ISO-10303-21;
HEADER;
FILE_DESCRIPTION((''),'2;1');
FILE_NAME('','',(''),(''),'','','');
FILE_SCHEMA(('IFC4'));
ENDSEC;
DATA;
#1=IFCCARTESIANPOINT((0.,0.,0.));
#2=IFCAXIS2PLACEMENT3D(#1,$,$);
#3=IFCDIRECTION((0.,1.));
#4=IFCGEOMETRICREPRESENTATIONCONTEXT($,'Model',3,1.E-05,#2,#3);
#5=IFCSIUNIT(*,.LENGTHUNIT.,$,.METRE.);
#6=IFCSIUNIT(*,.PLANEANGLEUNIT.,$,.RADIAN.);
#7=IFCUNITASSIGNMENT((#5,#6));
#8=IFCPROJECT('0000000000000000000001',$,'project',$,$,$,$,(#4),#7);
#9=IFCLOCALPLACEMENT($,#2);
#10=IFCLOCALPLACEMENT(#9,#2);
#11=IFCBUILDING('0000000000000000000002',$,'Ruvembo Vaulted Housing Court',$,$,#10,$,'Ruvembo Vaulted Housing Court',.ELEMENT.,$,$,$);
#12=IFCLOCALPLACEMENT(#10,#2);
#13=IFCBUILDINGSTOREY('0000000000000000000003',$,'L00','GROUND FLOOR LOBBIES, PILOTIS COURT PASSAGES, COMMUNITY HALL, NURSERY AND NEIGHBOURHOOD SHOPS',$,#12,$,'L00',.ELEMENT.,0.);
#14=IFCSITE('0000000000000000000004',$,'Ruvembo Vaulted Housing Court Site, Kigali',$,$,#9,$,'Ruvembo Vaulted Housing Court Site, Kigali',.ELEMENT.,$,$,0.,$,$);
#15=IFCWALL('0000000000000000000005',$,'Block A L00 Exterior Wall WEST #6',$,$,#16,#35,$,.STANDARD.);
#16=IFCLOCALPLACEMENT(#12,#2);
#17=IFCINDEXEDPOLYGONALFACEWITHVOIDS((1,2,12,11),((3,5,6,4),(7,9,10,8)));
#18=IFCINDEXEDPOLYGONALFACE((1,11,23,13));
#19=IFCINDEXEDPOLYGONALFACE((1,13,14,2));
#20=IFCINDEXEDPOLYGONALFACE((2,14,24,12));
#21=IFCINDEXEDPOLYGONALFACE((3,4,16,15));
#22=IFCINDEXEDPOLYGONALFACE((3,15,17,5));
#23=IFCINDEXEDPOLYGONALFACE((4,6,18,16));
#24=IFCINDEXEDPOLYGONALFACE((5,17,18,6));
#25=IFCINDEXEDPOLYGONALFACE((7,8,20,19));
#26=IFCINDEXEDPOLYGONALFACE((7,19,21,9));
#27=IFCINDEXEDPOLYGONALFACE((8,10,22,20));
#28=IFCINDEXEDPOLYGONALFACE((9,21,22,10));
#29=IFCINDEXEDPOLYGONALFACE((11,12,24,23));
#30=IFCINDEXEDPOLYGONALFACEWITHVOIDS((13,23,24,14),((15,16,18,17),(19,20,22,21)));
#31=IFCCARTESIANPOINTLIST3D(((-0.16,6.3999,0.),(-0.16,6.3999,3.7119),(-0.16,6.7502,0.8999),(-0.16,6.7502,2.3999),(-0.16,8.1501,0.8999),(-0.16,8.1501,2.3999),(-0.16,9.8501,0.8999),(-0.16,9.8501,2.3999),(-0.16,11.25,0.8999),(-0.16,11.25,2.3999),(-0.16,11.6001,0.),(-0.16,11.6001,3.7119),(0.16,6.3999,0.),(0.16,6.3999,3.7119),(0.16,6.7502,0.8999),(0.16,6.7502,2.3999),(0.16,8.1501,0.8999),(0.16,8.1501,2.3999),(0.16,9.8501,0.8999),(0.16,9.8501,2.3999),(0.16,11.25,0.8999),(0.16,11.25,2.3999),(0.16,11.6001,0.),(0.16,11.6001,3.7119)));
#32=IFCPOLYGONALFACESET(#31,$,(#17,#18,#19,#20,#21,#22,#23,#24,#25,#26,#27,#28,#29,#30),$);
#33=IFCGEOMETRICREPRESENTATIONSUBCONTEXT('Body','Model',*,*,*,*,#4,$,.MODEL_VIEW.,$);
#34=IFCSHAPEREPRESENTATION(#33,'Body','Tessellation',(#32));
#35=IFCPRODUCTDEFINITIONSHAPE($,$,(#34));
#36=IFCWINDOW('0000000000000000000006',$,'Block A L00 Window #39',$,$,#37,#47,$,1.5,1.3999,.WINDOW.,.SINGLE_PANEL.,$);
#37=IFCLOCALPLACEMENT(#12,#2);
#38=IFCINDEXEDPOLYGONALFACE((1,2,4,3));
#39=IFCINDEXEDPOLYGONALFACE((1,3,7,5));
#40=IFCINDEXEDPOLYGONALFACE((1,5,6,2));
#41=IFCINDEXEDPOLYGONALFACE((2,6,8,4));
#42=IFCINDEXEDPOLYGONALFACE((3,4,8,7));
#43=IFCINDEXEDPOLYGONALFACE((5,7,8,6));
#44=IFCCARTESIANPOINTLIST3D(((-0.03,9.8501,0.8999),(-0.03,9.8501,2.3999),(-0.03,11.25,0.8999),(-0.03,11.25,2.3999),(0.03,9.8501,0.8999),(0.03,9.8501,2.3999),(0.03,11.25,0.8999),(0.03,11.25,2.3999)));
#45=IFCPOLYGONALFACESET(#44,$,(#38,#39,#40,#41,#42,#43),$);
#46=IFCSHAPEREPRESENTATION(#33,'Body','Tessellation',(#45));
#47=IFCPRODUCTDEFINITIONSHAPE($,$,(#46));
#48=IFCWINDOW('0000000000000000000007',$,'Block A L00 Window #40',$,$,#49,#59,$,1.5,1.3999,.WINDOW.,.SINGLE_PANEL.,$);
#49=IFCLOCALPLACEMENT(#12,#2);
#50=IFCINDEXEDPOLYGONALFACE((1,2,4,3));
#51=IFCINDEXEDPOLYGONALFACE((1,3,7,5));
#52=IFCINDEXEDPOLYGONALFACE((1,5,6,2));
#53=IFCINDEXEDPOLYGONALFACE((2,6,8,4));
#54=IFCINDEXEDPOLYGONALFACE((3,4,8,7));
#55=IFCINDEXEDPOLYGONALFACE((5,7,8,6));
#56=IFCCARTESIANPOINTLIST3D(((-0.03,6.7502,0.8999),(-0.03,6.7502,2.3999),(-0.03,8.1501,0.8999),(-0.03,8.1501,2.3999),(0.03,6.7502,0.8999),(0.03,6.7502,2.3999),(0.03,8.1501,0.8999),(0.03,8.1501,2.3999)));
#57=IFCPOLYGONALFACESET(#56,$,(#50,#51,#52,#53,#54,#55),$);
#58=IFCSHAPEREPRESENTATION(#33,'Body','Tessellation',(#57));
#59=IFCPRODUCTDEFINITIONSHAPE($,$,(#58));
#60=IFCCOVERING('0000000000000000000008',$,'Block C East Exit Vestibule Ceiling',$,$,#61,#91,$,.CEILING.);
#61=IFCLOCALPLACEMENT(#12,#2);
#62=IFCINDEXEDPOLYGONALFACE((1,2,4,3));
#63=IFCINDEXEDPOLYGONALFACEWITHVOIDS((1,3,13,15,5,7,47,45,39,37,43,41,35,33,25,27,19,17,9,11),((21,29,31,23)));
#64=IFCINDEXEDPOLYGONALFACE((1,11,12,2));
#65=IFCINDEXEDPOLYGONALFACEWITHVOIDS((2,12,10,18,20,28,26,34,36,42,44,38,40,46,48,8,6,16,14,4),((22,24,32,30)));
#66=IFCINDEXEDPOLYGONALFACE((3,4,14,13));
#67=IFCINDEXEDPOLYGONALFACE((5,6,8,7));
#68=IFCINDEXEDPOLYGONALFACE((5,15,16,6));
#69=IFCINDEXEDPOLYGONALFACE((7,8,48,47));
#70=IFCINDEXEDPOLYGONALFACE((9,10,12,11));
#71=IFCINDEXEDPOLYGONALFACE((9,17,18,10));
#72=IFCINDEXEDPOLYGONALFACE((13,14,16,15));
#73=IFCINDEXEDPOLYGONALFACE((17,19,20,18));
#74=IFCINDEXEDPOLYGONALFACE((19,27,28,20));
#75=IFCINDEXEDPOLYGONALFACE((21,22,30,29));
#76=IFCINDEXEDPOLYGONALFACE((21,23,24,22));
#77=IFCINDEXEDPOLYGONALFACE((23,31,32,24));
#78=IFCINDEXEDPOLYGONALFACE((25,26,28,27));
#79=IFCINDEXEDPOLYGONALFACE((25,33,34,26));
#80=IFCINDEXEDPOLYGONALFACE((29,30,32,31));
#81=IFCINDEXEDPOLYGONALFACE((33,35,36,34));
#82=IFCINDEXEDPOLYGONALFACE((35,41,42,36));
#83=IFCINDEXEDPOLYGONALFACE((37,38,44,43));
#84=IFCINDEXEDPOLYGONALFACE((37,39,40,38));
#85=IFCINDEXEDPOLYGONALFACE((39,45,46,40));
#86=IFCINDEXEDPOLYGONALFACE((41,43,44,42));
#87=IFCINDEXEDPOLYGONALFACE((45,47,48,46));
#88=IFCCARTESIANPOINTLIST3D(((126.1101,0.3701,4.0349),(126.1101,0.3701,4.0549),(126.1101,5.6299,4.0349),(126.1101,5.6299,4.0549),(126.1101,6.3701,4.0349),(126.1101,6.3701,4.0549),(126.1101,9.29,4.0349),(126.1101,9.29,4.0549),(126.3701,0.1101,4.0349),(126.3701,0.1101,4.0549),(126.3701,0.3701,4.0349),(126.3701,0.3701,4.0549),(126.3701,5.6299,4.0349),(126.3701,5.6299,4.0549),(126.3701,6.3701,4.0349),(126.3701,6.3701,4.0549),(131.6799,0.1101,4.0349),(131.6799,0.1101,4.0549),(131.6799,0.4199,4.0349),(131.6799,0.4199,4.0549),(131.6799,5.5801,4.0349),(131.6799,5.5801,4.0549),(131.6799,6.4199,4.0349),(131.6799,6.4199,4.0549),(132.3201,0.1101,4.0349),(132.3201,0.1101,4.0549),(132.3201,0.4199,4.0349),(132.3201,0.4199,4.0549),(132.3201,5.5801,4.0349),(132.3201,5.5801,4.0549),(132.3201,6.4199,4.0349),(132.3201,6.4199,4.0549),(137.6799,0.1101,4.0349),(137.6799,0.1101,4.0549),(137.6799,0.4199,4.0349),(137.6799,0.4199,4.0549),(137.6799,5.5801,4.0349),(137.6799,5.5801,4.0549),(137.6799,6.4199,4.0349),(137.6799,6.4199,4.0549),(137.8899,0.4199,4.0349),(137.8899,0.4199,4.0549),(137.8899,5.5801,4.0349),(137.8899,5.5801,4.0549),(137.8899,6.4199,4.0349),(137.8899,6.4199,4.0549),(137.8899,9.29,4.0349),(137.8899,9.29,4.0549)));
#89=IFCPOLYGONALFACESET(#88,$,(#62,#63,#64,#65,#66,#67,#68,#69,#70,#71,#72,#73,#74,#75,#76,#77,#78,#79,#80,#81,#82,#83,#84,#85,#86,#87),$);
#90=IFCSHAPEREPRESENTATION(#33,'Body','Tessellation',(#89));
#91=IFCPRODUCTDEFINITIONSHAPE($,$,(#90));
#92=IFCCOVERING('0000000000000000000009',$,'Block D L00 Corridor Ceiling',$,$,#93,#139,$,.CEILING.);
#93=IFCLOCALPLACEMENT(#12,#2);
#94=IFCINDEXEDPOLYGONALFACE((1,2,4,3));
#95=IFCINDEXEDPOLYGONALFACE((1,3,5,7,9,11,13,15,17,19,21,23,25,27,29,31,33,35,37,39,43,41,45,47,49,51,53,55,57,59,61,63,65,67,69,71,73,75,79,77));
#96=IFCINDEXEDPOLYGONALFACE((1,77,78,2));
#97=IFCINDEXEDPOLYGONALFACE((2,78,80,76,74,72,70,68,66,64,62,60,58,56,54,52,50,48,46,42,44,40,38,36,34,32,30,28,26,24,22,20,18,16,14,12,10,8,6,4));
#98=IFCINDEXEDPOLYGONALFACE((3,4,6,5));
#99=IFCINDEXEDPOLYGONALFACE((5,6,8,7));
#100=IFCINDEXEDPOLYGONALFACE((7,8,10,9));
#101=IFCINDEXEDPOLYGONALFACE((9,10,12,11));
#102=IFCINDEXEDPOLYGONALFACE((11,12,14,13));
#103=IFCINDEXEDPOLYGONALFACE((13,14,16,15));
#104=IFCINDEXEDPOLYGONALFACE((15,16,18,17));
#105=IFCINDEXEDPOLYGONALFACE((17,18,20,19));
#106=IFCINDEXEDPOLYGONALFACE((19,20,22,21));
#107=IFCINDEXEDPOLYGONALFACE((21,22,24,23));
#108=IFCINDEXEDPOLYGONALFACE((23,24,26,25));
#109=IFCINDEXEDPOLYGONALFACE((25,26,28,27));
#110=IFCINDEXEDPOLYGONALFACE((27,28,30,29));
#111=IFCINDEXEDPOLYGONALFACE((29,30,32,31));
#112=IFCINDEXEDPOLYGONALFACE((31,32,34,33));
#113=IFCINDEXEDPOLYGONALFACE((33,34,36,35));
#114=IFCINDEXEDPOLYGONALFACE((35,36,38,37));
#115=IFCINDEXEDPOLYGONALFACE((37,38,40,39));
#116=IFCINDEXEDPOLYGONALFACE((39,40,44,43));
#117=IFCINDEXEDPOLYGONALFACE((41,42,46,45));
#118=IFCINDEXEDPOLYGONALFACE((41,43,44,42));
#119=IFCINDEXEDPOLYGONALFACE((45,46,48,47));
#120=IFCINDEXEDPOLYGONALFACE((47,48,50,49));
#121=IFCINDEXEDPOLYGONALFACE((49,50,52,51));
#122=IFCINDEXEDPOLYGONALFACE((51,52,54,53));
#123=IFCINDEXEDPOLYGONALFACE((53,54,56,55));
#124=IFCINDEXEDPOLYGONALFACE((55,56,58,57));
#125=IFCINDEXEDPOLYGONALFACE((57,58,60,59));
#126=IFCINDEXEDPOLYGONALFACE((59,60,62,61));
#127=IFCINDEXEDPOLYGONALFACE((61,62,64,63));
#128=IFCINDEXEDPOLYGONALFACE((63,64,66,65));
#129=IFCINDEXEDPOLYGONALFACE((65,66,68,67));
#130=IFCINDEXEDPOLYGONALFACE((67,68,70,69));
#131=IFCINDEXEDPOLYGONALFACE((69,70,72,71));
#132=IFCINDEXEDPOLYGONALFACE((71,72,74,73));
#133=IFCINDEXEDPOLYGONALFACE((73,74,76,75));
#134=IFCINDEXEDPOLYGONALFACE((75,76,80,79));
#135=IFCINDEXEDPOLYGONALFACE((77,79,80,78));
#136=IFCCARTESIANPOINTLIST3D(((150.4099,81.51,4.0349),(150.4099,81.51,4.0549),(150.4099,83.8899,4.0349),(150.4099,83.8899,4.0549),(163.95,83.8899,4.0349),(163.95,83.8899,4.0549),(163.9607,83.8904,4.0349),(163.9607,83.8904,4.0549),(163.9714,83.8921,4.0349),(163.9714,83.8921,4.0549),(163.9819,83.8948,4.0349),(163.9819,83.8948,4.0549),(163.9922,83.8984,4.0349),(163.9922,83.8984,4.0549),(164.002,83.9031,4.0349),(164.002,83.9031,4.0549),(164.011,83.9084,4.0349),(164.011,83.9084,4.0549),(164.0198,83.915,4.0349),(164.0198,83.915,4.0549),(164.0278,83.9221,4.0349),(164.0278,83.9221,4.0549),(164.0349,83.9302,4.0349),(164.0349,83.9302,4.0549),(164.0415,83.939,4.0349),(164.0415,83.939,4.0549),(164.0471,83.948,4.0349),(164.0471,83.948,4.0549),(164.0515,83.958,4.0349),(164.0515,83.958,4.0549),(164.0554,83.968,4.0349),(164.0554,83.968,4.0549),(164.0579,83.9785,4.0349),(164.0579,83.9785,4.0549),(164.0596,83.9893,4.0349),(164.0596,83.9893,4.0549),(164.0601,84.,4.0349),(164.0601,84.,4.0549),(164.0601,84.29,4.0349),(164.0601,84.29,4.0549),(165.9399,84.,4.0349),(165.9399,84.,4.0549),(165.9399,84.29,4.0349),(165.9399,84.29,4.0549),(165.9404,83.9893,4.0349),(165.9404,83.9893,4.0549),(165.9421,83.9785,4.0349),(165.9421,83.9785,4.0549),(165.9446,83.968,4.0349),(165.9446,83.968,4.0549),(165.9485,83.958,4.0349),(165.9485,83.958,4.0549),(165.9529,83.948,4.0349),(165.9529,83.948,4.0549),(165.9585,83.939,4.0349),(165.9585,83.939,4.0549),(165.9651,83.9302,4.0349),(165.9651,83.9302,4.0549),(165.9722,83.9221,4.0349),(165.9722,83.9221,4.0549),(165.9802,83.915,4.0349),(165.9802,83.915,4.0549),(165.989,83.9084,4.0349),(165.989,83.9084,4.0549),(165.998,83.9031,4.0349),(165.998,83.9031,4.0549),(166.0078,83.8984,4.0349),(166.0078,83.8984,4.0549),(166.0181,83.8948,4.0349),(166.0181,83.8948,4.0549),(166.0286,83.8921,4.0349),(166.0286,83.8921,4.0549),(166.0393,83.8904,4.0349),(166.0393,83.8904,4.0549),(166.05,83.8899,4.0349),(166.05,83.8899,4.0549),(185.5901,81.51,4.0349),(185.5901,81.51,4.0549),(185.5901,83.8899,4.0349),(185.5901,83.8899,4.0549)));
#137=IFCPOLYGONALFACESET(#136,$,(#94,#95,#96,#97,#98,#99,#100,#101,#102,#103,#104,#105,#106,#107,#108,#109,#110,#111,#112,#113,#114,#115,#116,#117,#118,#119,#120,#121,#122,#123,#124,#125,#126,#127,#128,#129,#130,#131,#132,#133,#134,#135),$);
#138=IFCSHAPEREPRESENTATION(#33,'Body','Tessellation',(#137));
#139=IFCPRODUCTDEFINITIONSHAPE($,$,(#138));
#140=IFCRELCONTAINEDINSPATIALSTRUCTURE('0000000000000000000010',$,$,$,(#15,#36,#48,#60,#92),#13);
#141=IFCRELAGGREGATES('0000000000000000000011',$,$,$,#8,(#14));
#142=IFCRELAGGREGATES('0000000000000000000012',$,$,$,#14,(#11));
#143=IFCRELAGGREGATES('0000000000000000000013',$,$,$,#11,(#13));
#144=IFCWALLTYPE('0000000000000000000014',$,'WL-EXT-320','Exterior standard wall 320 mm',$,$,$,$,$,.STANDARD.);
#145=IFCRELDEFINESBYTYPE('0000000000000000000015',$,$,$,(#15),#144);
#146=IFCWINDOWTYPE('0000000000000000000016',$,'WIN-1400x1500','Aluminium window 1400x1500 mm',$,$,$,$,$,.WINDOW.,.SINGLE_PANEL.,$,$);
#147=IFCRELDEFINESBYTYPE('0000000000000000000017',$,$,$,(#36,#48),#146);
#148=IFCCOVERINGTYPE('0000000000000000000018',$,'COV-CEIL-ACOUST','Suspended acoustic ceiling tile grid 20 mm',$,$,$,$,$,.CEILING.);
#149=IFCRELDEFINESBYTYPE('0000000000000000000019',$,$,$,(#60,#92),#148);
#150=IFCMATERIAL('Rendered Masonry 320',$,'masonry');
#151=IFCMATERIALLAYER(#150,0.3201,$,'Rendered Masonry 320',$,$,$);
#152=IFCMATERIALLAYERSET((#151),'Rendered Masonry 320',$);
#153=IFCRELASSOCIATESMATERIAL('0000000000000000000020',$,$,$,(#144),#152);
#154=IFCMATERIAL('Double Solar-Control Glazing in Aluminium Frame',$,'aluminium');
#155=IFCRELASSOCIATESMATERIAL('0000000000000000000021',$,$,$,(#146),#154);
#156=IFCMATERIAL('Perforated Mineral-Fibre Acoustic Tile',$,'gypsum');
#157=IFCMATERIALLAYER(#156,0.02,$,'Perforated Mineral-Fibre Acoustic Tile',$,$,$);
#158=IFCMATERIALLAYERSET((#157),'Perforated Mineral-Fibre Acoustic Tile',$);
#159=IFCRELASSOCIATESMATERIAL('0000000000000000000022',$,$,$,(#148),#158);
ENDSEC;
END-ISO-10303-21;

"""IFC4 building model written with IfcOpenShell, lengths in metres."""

from ifc_helpers import new_model, si_unit, direction, frame, frame_2d, origin, place, context, subcontext, project, spatial, polyline, rectangle, outline, extrude, material, layer, layer_set, type_object, element, fill, save


model = new_model("IFC4")

# Units and contexts
model_context = context("Model", 3, precision=1e-05, world=origin(), true_north=direction((0.0, 1.0)))
body_context = subcontext(model_context, "Body", "Model", "MODEL_VIEW")
ifc_project = project(units=[si_unit("LENGTHUNIT", "METRE"), si_unit("PLANEANGLEUNIT", "RADIAN")], contexts=[model_context])

# Site, building, storey
site_placement = place(None, origin())
site = spatial("IfcSite", under=ifc_project, at=site_placement, Name="Ruvembo Vaulted Housing Court Site, Kigali", LongName="Ruvembo Vaulted Housing Court Site, Kigali", CompositionType="ELEMENT", RefElevation=0.0)
building_placement = place(site_placement, origin())
building = spatial("IfcBuilding", under=site, at=building_placement, Name="Ruvembo Vaulted Housing Court", LongName="Ruvembo Vaulted Housing Court", CompositionType="ELEMENT")
storey_placement = place(building_placement, origin())
storey = spatial("IfcBuildingStorey", under=building, at=storey_placement, Name="L00", Description="GROUND FLOOR LOBBIES, PILOTIS COURT PASSAGES, COMMUNITY HALL, NURSERY AND NEIGHBOURHOOD SHOPS", LongName="L00", CompositionType="ELEMENT", Elevation=0.0)

# Shared definitions
ifc_material_1 = material(Name="Rendered Masonry 320", Category="masonry")
ifc_layer_1 = layer(ifc_material_1, 0.3201, Name="Rendered Masonry 320")
ifc_layer_set_1 = layer_set([ifc_layer_1], Name="Rendered Masonry 320")
wall_type_1 = type_object("IfcWallType", Name="WL-EXT-320", Description="Exterior standard wall 320 mm", PredefinedType="STANDARD", material=ifc_layer_set_1)

# Wall, openings, windows
wall_1_placement = place(storey_placement, frame((0.0, 11.6001, 0.0), z_axis=(0.0, 0.0, 1.0), x_axis=(0.0, -1.0, 0.0)))
wall_1 = element("IfcWall", 1, at=wall_1_placement, inside=storey, type_object=wall_type_1, Name="Block A L00 Exterior Wall WEST #6", PredefinedType="STANDARD", context=body_context, shape_type="SweptSolid", body=[
    extrude(rectangle(XDim=5.2002, YDim=0.3201, at=frame_2d((2.6001, 0.0))), origin(), (0.0, 0.0, 1.0), 3.7119),
])
opening_1_placement = place(wall_1_placement, frame((0.3501, 0.0, 0.8999)))
opening_1 = element("IfcOpeningElement", 2, at=opening_1_placement, cuts=wall_1, PredefinedType="OPENING", context=body_context, shape_type="SweptSolid", body=[
    extrude(rectangle(XDim=1.3999, YDim=1.5, at=frame_2d((0.7, 0.75))), frame((0.0, 0.1699, 0.0), z_axis=(0.0, -1.0, 0.0), x_axis=(1.0, 0.0, 0.0)), (0.0, 0.0, 1.0), 0.3401),
])
opening_2_placement = place(wall_1_placement, frame((3.45, 0.0, 0.8999)))
opening_2 = element("IfcOpeningElement", 3, at=opening_2_placement, cuts=wall_1, PredefinedType="OPENING", context=body_context, shape_type="SweptSolid", body=[
    extrude(rectangle(XDim=1.3999, YDim=1.5, at=frame_2d((0.7, 0.75))), frame((0.0, 0.1699, 0.0), z_axis=(0.0, -1.0, 0.0), x_axis=(1.0, 0.0, 0.0)), (0.0, 0.0, 1.0), 0.3401),
])
ifc_material_2 = material(Name="Double Solar-Control Glazing in Aluminium Frame", Category="aluminium")
window_type = type_object("IfcWindowType", Name="WIN-1400x1500", Description="Aluminium window 1400x1500 mm", PartitioningType="SINGLE_PANEL", PredefinedType="WINDOW", material=ifc_material_2)
window_1_placement = place(opening_1_placement, origin())
window_1 = element("IfcWindow", 4, at=window_1_placement, inside=storey, type_object=window_type, Name="Block A L00 Window #39", OverallHeight=1.5, OverallWidth=1.3999, PartitioningType="SINGLE_PANEL", PredefinedType="WINDOW", context=body_context, shape_type="SweptSolid", body=[
    extrude(rectangle(XDim=1.3999, YDim=1.5, at=frame_2d((0.7, 0.75))), frame((0.0, 0.03, 0.0), z_axis=(0.0, -1.0, 0.0), x_axis=(1.0, 0.0, 0.0)), (0.0, 0.0, 1.0), 0.0601),
])
fill(opening_1, window_1)
window_2_placement = place(opening_2_placement, origin())
window_2 = element("IfcWindow", 5, at=window_2_placement, inside=storey, type_object=window_type, Name="Block A L00 Window #40", OverallHeight=1.5, OverallWidth=1.3999, PartitioningType="SINGLE_PANEL", PredefinedType="WINDOW", context=body_context, shape_type="SweptSolid", body=[
    extrude(rectangle(XDim=1.3999, YDim=1.5, at=frame_2d((0.7, 0.75))), frame((0.0, 0.03, 0.0), z_axis=(0.0, -1.0, 0.0), x_axis=(1.0, 0.0, 0.0)), (0.0, 0.0, 1.0), 0.0601),
])
fill(opening_2, window_2)

# Coverings
ifc_material_3 = material(Name="Perforated Mineral-Fibre Acoustic Tile", Category="gypsum")
ifc_layer_2 = layer(ifc_material_3, 0.02, Name="Perforated Mineral-Fibre Acoustic Tile")
ifc_layer_set_2 = layer_set([ifc_layer_2], Name="Perforated Mineral-Fibre Acoustic Tile")
covering_type_1 = type_object("IfcCoveringType", Name="COV-CEIL-ACOUST", Description="Suspended acoustic ceiling tile grid 20 mm", PredefinedType="CEILING", material=ifc_layer_set_2)
covering_1_placement = place(storey_placement, frame((0.0, 0.0, 4.0349)))
element("IfcCovering", 6, at=covering_1_placement, inside=storey, type_object=covering_type_1, Name="Block C East Exit Vestibule Ceiling", PredefinedType="CEILING", context=body_context, shape_type="SweptSolid", body=[
    extrude(outline(polyline([(131.6799, 0.4199), (132.3201, 0.4199), (132.3201, 0.1101), (137.6799, 0.1101), (137.6799, 0.4199), (137.8899, 0.4199), (137.8899, 5.5801), (137.6799, 5.5801), (137.6799, 6.4199), (137.8899, 6.4199), (137.8899, 9.29), (126.1101, 9.29), (126.1101, 6.3701), (126.3701, 6.3701), (126.3701, 5.6299), (126.1101, 5.6299), (126.1101, 0.3701), (126.3701, 0.3701), (126.3701, 0.1101), (131.6799, 0.1101), (131.6799, 0.4199)]), holes=[polyline([(132.3201, 5.5801), (132.3201, 6.4199), (131.6799, 6.4199), (131.6799, 5.5801), (132.3201, 5.5801)])]), origin(), (0.0, 0.0, 1.0), 0.02),
])
covering_2_placement = place(storey_placement, frame((0.0, 0.0, 4.0349)))
element("IfcCovering", 7, at=covering_2_placement, inside=storey, type_object=covering_type_1, Name="Block D L00 Corridor Ceiling", PredefinedType="CEILING", context=body_context, shape_type="SweptSolid", body=[
    extrude(outline(polyline([(163.95, 83.8899), (150.4099, 83.8899), (150.4099, 81.51), (185.5901, 81.51), (185.5901, 83.8899), (166.05, 83.8899), (166.0393, 83.8904), (166.0286, 83.8921), (166.0181, 83.8948), (166.0078, 83.8984), (165.998, 83.9031), (165.989, 83.9084), (165.9802, 83.915), (165.9722, 83.9221), (165.9651, 83.9302), (165.9585, 83.939), (165.9529, 83.948), (165.9485, 83.958), (165.9446, 83.968), (165.9421, 83.9785), (165.9404, 83.9893), (165.9399, 84.0), (165.9399, 84.29), (164.0601, 84.29), (164.0601, 84.0), (164.0596, 83.9893), (164.0579, 83.9785), (164.0554, 83.968), (164.0515, 83.958), (164.0471, 83.948), (164.0415, 83.939), (164.0349, 83.9302), (164.0278, 83.9221), (164.0198, 83.915), (164.011, 83.9084), (164.002, 83.9031), (163.9922, 83.8984), (163.9819, 83.8948), (163.9714, 83.8921), (163.9607, 83.8904), (163.95, 83.8899)])), origin(), (0.0, 0.0, 1.0), 0.02),
])

save(model, "model.ifc")
